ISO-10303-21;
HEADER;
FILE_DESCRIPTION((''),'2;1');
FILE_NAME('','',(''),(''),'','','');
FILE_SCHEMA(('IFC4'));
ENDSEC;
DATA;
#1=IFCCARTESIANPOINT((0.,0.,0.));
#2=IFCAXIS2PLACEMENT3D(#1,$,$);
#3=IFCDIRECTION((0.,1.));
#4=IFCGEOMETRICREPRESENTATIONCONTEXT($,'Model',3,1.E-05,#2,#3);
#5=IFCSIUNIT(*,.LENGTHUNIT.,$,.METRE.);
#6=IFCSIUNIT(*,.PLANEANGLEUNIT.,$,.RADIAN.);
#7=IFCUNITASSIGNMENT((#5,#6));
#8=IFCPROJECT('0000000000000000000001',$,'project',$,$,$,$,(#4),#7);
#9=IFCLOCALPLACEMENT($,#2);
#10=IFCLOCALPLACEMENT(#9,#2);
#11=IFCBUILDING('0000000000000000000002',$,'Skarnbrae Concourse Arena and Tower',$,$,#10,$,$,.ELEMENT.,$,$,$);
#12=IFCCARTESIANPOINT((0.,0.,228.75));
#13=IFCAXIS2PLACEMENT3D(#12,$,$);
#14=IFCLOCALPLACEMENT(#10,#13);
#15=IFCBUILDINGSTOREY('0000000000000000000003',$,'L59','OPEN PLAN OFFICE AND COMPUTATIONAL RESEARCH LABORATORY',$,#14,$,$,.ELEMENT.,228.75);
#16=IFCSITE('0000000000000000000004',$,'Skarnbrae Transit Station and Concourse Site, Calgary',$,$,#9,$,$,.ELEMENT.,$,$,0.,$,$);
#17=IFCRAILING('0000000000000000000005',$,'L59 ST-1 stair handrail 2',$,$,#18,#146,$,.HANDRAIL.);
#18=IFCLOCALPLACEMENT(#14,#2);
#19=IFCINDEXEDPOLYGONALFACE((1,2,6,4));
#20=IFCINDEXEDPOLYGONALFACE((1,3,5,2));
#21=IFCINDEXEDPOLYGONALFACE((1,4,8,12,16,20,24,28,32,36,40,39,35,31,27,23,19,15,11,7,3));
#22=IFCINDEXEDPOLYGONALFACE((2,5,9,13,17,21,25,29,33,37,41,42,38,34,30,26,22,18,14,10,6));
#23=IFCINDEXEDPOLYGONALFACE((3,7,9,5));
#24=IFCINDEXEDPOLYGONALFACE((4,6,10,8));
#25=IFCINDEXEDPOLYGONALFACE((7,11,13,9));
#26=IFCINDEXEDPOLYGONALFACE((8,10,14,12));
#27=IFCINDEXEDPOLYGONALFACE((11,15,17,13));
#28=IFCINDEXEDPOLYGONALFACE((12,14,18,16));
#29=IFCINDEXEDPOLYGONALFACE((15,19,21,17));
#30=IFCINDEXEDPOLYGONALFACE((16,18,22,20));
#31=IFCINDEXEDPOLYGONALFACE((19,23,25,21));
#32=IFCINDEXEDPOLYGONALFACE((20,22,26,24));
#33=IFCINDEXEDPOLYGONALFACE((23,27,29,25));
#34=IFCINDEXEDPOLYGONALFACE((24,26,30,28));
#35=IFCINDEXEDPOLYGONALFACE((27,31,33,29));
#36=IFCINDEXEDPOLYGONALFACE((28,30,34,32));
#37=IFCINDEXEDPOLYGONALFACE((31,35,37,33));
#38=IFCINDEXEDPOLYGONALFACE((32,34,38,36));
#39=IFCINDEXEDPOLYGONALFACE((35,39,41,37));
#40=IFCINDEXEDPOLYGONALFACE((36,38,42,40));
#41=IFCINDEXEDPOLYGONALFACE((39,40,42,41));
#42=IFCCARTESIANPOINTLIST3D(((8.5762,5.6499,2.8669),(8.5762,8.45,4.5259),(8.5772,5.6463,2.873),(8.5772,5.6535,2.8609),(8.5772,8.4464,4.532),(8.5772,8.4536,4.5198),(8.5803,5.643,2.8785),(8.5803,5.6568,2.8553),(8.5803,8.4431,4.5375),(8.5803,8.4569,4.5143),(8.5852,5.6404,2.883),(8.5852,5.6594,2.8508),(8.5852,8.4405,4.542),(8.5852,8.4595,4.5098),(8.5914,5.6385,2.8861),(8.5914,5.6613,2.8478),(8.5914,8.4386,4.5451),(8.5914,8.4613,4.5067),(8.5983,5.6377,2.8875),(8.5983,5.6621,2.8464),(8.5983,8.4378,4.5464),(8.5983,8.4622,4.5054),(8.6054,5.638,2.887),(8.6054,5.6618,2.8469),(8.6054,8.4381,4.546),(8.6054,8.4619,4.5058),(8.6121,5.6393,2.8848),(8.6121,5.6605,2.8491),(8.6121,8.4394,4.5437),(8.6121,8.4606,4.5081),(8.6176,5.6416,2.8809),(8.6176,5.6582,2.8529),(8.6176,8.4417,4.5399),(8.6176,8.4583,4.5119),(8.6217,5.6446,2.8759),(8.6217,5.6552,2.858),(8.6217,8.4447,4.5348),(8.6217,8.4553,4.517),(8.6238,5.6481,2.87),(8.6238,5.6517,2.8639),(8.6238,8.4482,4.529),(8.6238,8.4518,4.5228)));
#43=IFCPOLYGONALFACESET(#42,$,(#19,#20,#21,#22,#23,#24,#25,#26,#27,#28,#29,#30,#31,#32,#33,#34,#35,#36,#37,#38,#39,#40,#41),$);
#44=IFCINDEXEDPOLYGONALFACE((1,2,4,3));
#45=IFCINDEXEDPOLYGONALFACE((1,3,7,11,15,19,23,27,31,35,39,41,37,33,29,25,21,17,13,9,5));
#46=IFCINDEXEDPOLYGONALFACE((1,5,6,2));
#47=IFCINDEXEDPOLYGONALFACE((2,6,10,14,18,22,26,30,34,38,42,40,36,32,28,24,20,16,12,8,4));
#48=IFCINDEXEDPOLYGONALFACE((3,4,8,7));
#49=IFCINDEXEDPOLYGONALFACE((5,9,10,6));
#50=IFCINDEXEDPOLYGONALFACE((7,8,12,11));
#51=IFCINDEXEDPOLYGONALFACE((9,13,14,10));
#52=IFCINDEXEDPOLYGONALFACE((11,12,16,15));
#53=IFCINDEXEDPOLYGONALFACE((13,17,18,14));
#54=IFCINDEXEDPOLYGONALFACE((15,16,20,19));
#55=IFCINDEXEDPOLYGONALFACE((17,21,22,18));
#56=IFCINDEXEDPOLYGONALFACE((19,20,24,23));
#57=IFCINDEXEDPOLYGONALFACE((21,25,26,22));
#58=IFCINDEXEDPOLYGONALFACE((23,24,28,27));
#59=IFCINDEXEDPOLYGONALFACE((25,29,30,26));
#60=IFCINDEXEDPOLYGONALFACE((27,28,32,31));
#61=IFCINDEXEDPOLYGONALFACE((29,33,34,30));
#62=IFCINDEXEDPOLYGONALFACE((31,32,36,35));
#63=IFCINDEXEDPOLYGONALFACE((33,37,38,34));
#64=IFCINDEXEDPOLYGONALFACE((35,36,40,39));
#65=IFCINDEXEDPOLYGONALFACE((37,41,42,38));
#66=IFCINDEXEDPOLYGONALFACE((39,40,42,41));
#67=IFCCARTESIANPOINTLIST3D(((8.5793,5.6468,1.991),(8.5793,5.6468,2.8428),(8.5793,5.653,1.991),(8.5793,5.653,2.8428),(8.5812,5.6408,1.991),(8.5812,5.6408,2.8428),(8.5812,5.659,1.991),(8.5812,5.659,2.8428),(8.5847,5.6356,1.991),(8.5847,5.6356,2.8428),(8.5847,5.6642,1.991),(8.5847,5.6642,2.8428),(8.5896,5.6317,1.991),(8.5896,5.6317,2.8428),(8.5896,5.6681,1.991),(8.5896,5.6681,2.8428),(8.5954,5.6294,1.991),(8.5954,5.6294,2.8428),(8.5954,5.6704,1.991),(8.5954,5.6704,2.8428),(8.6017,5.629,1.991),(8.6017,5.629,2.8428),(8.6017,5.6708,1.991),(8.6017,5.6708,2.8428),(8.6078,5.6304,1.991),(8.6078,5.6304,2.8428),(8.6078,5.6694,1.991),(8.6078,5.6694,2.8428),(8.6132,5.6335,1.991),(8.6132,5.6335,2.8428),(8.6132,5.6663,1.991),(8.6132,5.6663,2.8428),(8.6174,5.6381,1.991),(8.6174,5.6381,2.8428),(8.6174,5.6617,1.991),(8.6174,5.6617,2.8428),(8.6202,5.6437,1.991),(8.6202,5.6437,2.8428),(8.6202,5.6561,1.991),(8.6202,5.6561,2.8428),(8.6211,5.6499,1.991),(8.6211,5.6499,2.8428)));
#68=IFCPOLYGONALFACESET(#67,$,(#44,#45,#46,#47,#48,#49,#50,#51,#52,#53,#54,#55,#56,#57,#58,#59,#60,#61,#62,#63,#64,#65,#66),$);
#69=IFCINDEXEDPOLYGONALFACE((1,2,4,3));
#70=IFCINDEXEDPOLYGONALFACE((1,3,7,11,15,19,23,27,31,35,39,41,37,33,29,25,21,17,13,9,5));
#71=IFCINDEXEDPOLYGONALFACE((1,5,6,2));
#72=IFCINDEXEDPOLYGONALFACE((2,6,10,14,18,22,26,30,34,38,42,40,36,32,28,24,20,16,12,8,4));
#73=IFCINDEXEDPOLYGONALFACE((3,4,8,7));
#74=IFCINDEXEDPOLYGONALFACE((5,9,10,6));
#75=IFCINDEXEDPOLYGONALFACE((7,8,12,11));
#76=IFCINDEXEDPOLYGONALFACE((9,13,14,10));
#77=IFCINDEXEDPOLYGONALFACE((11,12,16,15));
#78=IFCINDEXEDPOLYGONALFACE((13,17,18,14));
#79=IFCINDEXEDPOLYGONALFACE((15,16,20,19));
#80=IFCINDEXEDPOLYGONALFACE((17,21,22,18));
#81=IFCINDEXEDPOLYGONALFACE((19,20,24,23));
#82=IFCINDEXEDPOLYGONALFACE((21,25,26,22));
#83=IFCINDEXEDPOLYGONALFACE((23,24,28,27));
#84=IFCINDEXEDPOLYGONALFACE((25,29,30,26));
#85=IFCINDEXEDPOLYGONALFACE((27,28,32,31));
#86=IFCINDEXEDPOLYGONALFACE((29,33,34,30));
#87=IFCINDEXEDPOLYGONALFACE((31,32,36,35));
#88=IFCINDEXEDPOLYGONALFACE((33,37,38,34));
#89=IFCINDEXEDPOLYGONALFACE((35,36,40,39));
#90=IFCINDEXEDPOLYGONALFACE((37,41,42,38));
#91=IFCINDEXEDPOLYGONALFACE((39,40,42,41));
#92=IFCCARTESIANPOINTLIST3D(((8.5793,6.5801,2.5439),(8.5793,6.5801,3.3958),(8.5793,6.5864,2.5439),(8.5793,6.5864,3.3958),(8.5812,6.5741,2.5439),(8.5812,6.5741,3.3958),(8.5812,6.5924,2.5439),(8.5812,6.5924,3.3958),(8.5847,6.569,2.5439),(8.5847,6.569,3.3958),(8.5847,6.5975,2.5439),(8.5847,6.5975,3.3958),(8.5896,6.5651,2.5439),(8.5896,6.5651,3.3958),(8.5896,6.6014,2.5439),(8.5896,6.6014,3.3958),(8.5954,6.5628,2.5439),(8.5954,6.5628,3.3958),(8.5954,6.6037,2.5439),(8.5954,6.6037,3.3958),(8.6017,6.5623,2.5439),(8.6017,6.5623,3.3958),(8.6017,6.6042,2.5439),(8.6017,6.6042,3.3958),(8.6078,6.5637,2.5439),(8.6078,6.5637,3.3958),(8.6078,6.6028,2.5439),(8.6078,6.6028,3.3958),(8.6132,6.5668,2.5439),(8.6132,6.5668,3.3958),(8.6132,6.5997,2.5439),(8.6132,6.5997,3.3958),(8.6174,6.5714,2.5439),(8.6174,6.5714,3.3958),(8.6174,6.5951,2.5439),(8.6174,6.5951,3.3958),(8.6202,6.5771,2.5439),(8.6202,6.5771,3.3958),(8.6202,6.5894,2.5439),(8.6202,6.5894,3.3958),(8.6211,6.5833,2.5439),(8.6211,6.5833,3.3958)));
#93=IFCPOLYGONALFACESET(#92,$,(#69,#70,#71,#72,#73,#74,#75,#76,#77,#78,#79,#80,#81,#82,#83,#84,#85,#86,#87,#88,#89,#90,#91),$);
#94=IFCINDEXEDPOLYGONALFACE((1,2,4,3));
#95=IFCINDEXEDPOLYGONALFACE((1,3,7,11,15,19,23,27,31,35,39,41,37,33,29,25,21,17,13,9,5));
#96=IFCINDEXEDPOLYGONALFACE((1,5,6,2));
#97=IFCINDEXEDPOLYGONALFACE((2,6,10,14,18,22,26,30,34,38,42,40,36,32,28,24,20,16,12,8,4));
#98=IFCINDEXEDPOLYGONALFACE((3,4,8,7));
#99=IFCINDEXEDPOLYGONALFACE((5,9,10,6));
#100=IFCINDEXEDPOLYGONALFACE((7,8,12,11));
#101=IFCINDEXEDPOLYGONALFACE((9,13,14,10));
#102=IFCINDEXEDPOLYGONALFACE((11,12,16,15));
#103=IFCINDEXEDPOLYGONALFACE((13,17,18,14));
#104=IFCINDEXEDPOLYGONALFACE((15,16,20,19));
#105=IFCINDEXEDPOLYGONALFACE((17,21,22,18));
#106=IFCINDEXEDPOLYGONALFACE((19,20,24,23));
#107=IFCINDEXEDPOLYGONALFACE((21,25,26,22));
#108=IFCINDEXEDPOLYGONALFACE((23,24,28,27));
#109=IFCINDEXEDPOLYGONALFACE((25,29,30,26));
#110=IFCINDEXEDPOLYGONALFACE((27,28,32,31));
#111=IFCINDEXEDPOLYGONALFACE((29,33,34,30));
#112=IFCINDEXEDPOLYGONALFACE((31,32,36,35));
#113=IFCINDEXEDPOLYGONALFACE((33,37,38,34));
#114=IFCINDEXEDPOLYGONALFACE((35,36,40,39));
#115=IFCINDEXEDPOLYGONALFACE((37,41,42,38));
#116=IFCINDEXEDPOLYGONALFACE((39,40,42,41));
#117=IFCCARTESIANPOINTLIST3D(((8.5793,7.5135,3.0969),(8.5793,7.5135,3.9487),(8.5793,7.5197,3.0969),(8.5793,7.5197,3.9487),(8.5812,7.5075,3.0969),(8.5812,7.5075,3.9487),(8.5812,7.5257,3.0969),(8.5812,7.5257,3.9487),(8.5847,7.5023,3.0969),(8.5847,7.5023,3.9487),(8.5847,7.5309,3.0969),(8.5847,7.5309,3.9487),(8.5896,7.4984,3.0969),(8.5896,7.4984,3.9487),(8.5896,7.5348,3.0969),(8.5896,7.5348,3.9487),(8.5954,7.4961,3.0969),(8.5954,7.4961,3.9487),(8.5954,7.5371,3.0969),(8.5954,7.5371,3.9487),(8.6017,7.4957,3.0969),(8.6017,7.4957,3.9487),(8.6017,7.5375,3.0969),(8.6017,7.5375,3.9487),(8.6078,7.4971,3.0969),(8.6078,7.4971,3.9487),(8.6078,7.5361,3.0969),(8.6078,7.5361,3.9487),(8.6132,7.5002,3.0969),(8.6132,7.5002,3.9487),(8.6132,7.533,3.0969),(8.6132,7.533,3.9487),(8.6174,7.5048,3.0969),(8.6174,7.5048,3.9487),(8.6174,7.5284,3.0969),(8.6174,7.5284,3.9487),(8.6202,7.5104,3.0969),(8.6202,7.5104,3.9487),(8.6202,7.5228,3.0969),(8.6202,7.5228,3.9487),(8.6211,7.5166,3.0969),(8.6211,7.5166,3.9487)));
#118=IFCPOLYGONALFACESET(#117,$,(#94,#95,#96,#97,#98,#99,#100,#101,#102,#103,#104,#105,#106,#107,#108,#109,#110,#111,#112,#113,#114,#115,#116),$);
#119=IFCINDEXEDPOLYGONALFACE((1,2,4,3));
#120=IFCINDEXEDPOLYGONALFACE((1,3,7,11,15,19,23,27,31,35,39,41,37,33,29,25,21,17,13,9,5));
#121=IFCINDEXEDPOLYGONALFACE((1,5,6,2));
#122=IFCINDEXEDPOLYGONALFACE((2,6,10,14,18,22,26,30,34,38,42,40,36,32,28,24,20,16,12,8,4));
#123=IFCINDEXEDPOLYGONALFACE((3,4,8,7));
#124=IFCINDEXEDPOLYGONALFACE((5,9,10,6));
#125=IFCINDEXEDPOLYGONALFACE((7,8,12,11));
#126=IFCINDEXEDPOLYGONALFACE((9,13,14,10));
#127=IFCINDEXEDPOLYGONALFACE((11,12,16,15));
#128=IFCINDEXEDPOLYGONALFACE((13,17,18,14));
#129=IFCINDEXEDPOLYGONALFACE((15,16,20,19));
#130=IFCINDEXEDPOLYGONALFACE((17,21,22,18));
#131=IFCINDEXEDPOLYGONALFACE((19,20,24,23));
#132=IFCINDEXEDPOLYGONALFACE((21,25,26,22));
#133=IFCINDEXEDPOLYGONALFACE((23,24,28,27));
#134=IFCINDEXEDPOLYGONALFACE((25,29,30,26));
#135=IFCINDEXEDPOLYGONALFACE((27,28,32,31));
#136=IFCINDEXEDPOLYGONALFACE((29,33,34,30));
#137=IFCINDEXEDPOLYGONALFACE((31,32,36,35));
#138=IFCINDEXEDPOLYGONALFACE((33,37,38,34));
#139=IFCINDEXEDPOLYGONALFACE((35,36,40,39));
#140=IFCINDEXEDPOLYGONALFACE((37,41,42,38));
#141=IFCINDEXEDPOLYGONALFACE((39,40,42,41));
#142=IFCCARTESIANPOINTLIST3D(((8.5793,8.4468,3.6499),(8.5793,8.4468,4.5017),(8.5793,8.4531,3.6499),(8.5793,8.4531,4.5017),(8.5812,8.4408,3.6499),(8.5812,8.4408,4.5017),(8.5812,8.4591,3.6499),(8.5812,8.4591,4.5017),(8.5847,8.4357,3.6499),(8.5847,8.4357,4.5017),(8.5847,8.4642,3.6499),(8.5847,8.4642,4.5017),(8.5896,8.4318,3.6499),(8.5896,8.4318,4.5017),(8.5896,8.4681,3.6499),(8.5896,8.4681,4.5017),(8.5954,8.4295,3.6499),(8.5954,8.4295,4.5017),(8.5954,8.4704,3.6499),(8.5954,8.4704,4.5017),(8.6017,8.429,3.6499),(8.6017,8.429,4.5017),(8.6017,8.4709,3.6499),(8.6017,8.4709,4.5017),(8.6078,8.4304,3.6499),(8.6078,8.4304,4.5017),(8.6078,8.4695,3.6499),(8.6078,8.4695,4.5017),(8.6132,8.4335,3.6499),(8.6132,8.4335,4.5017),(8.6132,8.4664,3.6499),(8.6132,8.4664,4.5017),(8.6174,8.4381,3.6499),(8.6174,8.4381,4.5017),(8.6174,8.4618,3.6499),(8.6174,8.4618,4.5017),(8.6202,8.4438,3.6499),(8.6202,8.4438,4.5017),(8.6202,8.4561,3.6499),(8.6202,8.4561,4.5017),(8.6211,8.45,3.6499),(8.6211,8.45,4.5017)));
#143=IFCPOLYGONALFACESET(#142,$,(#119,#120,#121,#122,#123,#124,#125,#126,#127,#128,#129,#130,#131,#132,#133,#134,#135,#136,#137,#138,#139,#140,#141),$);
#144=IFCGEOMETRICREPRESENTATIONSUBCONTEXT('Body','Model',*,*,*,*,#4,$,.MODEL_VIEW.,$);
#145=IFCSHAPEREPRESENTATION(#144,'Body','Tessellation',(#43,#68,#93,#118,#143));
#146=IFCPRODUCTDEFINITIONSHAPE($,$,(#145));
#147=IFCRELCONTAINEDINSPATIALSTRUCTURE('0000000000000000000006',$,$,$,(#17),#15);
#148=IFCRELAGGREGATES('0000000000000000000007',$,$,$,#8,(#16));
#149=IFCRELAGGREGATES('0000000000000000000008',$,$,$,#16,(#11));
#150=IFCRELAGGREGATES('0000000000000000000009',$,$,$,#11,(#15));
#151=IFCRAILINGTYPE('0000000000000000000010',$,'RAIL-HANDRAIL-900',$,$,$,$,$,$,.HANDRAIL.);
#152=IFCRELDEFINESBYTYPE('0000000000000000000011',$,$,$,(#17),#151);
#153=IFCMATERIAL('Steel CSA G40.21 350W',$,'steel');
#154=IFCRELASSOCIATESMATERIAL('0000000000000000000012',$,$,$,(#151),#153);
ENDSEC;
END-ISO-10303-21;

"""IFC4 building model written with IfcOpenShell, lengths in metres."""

from ifc_helpers import new_model, si_unit, direction, frame, origin, origin_2d, place, context, subcontext, project, spatial, circle, extrude, material, type_object, element, save


model = new_model("IFC4")

# Units and contexts
model_context = context("Model", 3, precision=1e-05, world=origin(), true_north=direction((0.0, 1.0)))
body_context = subcontext(model_context, "Body", "Model", "MODEL_VIEW")
ifc_project = project(units=[si_unit("LENGTHUNIT", "METRE"), si_unit("PLANEANGLEUNIT", "RADIAN")], contexts=[model_context])

# Site, building, storey
site_placement = place(None, origin())
site = spatial("IfcSite", under=ifc_project, at=site_placement, Name="Skarnbrae Transit Station and Concourse Site, Calgary", CompositionType="ELEMENT", RefElevation=0.0)
building_placement = place(site_placement, origin())
building = spatial("IfcBuilding", under=site, at=building_placement, Name="Skarnbrae Concourse Arena and Tower", CompositionType="ELEMENT")
storey_placement = place(building_placement, frame((0.0, 0.0, 228.75)))
storey = spatial("IfcBuildingStorey", under=building, at=storey_placement, Name="L59", Description="OPEN PLAN OFFICE AND COMPUTATIONAL RESEARCH LABORATORY", CompositionType="ELEMENT", Elevation=228.75)

# Shared definitions
ifc_material_1 = material(Name="Steel CSA G40.21 350W", Category="steel")

# Railing
railing_type_1 = type_object("IfcRailingType", Name="RAIL-HANDRAIL-900", PredefinedType="HANDRAIL", material=ifc_material_1)
railing_1_placement = place(storey_placement, frame((8.6001, 5.6499, 1.991)))
element("IfcRailing", 1, at=railing_1_placement, inside=storey, type_object=railing_type_1, Name="L59 ST-1 stair handrail 2", PredefinedType="HANDRAIL", context=body_context, shape_type="SweptSolid", body=[
    extrude(circle(Radius=0.0239, at=origin_2d()), frame((0.0, 0.0, 0.876), z_axis=(0.0, 0.860339, 0.509722), x_axis=(-1.0, 0.0, 0.0)), (0.0, 0.0, 1.0), 3.2546),
    extrude(circle(Radius=0.021, at=origin_2d()), origin(), (0.0, 0.0, 1.0), 0.8518),
    extrude(circle(Radius=0.021, at=origin_2d()), frame((0.0, 0.9333, 0.553)), (0.0, 0.0, 1.0), 0.8518),
    extrude(circle(Radius=0.021, at=origin_2d()), frame((0.0, 1.8667, 1.106)), (0.0, 0.0, 1.0), 0.8518),
    extrude(circle(Radius=0.021, at=origin_2d()), frame((0.0, 2.8, 1.6589)), (0.0, 0.0, 1.0), 0.8518),
])

save(model, "model.ifc")
